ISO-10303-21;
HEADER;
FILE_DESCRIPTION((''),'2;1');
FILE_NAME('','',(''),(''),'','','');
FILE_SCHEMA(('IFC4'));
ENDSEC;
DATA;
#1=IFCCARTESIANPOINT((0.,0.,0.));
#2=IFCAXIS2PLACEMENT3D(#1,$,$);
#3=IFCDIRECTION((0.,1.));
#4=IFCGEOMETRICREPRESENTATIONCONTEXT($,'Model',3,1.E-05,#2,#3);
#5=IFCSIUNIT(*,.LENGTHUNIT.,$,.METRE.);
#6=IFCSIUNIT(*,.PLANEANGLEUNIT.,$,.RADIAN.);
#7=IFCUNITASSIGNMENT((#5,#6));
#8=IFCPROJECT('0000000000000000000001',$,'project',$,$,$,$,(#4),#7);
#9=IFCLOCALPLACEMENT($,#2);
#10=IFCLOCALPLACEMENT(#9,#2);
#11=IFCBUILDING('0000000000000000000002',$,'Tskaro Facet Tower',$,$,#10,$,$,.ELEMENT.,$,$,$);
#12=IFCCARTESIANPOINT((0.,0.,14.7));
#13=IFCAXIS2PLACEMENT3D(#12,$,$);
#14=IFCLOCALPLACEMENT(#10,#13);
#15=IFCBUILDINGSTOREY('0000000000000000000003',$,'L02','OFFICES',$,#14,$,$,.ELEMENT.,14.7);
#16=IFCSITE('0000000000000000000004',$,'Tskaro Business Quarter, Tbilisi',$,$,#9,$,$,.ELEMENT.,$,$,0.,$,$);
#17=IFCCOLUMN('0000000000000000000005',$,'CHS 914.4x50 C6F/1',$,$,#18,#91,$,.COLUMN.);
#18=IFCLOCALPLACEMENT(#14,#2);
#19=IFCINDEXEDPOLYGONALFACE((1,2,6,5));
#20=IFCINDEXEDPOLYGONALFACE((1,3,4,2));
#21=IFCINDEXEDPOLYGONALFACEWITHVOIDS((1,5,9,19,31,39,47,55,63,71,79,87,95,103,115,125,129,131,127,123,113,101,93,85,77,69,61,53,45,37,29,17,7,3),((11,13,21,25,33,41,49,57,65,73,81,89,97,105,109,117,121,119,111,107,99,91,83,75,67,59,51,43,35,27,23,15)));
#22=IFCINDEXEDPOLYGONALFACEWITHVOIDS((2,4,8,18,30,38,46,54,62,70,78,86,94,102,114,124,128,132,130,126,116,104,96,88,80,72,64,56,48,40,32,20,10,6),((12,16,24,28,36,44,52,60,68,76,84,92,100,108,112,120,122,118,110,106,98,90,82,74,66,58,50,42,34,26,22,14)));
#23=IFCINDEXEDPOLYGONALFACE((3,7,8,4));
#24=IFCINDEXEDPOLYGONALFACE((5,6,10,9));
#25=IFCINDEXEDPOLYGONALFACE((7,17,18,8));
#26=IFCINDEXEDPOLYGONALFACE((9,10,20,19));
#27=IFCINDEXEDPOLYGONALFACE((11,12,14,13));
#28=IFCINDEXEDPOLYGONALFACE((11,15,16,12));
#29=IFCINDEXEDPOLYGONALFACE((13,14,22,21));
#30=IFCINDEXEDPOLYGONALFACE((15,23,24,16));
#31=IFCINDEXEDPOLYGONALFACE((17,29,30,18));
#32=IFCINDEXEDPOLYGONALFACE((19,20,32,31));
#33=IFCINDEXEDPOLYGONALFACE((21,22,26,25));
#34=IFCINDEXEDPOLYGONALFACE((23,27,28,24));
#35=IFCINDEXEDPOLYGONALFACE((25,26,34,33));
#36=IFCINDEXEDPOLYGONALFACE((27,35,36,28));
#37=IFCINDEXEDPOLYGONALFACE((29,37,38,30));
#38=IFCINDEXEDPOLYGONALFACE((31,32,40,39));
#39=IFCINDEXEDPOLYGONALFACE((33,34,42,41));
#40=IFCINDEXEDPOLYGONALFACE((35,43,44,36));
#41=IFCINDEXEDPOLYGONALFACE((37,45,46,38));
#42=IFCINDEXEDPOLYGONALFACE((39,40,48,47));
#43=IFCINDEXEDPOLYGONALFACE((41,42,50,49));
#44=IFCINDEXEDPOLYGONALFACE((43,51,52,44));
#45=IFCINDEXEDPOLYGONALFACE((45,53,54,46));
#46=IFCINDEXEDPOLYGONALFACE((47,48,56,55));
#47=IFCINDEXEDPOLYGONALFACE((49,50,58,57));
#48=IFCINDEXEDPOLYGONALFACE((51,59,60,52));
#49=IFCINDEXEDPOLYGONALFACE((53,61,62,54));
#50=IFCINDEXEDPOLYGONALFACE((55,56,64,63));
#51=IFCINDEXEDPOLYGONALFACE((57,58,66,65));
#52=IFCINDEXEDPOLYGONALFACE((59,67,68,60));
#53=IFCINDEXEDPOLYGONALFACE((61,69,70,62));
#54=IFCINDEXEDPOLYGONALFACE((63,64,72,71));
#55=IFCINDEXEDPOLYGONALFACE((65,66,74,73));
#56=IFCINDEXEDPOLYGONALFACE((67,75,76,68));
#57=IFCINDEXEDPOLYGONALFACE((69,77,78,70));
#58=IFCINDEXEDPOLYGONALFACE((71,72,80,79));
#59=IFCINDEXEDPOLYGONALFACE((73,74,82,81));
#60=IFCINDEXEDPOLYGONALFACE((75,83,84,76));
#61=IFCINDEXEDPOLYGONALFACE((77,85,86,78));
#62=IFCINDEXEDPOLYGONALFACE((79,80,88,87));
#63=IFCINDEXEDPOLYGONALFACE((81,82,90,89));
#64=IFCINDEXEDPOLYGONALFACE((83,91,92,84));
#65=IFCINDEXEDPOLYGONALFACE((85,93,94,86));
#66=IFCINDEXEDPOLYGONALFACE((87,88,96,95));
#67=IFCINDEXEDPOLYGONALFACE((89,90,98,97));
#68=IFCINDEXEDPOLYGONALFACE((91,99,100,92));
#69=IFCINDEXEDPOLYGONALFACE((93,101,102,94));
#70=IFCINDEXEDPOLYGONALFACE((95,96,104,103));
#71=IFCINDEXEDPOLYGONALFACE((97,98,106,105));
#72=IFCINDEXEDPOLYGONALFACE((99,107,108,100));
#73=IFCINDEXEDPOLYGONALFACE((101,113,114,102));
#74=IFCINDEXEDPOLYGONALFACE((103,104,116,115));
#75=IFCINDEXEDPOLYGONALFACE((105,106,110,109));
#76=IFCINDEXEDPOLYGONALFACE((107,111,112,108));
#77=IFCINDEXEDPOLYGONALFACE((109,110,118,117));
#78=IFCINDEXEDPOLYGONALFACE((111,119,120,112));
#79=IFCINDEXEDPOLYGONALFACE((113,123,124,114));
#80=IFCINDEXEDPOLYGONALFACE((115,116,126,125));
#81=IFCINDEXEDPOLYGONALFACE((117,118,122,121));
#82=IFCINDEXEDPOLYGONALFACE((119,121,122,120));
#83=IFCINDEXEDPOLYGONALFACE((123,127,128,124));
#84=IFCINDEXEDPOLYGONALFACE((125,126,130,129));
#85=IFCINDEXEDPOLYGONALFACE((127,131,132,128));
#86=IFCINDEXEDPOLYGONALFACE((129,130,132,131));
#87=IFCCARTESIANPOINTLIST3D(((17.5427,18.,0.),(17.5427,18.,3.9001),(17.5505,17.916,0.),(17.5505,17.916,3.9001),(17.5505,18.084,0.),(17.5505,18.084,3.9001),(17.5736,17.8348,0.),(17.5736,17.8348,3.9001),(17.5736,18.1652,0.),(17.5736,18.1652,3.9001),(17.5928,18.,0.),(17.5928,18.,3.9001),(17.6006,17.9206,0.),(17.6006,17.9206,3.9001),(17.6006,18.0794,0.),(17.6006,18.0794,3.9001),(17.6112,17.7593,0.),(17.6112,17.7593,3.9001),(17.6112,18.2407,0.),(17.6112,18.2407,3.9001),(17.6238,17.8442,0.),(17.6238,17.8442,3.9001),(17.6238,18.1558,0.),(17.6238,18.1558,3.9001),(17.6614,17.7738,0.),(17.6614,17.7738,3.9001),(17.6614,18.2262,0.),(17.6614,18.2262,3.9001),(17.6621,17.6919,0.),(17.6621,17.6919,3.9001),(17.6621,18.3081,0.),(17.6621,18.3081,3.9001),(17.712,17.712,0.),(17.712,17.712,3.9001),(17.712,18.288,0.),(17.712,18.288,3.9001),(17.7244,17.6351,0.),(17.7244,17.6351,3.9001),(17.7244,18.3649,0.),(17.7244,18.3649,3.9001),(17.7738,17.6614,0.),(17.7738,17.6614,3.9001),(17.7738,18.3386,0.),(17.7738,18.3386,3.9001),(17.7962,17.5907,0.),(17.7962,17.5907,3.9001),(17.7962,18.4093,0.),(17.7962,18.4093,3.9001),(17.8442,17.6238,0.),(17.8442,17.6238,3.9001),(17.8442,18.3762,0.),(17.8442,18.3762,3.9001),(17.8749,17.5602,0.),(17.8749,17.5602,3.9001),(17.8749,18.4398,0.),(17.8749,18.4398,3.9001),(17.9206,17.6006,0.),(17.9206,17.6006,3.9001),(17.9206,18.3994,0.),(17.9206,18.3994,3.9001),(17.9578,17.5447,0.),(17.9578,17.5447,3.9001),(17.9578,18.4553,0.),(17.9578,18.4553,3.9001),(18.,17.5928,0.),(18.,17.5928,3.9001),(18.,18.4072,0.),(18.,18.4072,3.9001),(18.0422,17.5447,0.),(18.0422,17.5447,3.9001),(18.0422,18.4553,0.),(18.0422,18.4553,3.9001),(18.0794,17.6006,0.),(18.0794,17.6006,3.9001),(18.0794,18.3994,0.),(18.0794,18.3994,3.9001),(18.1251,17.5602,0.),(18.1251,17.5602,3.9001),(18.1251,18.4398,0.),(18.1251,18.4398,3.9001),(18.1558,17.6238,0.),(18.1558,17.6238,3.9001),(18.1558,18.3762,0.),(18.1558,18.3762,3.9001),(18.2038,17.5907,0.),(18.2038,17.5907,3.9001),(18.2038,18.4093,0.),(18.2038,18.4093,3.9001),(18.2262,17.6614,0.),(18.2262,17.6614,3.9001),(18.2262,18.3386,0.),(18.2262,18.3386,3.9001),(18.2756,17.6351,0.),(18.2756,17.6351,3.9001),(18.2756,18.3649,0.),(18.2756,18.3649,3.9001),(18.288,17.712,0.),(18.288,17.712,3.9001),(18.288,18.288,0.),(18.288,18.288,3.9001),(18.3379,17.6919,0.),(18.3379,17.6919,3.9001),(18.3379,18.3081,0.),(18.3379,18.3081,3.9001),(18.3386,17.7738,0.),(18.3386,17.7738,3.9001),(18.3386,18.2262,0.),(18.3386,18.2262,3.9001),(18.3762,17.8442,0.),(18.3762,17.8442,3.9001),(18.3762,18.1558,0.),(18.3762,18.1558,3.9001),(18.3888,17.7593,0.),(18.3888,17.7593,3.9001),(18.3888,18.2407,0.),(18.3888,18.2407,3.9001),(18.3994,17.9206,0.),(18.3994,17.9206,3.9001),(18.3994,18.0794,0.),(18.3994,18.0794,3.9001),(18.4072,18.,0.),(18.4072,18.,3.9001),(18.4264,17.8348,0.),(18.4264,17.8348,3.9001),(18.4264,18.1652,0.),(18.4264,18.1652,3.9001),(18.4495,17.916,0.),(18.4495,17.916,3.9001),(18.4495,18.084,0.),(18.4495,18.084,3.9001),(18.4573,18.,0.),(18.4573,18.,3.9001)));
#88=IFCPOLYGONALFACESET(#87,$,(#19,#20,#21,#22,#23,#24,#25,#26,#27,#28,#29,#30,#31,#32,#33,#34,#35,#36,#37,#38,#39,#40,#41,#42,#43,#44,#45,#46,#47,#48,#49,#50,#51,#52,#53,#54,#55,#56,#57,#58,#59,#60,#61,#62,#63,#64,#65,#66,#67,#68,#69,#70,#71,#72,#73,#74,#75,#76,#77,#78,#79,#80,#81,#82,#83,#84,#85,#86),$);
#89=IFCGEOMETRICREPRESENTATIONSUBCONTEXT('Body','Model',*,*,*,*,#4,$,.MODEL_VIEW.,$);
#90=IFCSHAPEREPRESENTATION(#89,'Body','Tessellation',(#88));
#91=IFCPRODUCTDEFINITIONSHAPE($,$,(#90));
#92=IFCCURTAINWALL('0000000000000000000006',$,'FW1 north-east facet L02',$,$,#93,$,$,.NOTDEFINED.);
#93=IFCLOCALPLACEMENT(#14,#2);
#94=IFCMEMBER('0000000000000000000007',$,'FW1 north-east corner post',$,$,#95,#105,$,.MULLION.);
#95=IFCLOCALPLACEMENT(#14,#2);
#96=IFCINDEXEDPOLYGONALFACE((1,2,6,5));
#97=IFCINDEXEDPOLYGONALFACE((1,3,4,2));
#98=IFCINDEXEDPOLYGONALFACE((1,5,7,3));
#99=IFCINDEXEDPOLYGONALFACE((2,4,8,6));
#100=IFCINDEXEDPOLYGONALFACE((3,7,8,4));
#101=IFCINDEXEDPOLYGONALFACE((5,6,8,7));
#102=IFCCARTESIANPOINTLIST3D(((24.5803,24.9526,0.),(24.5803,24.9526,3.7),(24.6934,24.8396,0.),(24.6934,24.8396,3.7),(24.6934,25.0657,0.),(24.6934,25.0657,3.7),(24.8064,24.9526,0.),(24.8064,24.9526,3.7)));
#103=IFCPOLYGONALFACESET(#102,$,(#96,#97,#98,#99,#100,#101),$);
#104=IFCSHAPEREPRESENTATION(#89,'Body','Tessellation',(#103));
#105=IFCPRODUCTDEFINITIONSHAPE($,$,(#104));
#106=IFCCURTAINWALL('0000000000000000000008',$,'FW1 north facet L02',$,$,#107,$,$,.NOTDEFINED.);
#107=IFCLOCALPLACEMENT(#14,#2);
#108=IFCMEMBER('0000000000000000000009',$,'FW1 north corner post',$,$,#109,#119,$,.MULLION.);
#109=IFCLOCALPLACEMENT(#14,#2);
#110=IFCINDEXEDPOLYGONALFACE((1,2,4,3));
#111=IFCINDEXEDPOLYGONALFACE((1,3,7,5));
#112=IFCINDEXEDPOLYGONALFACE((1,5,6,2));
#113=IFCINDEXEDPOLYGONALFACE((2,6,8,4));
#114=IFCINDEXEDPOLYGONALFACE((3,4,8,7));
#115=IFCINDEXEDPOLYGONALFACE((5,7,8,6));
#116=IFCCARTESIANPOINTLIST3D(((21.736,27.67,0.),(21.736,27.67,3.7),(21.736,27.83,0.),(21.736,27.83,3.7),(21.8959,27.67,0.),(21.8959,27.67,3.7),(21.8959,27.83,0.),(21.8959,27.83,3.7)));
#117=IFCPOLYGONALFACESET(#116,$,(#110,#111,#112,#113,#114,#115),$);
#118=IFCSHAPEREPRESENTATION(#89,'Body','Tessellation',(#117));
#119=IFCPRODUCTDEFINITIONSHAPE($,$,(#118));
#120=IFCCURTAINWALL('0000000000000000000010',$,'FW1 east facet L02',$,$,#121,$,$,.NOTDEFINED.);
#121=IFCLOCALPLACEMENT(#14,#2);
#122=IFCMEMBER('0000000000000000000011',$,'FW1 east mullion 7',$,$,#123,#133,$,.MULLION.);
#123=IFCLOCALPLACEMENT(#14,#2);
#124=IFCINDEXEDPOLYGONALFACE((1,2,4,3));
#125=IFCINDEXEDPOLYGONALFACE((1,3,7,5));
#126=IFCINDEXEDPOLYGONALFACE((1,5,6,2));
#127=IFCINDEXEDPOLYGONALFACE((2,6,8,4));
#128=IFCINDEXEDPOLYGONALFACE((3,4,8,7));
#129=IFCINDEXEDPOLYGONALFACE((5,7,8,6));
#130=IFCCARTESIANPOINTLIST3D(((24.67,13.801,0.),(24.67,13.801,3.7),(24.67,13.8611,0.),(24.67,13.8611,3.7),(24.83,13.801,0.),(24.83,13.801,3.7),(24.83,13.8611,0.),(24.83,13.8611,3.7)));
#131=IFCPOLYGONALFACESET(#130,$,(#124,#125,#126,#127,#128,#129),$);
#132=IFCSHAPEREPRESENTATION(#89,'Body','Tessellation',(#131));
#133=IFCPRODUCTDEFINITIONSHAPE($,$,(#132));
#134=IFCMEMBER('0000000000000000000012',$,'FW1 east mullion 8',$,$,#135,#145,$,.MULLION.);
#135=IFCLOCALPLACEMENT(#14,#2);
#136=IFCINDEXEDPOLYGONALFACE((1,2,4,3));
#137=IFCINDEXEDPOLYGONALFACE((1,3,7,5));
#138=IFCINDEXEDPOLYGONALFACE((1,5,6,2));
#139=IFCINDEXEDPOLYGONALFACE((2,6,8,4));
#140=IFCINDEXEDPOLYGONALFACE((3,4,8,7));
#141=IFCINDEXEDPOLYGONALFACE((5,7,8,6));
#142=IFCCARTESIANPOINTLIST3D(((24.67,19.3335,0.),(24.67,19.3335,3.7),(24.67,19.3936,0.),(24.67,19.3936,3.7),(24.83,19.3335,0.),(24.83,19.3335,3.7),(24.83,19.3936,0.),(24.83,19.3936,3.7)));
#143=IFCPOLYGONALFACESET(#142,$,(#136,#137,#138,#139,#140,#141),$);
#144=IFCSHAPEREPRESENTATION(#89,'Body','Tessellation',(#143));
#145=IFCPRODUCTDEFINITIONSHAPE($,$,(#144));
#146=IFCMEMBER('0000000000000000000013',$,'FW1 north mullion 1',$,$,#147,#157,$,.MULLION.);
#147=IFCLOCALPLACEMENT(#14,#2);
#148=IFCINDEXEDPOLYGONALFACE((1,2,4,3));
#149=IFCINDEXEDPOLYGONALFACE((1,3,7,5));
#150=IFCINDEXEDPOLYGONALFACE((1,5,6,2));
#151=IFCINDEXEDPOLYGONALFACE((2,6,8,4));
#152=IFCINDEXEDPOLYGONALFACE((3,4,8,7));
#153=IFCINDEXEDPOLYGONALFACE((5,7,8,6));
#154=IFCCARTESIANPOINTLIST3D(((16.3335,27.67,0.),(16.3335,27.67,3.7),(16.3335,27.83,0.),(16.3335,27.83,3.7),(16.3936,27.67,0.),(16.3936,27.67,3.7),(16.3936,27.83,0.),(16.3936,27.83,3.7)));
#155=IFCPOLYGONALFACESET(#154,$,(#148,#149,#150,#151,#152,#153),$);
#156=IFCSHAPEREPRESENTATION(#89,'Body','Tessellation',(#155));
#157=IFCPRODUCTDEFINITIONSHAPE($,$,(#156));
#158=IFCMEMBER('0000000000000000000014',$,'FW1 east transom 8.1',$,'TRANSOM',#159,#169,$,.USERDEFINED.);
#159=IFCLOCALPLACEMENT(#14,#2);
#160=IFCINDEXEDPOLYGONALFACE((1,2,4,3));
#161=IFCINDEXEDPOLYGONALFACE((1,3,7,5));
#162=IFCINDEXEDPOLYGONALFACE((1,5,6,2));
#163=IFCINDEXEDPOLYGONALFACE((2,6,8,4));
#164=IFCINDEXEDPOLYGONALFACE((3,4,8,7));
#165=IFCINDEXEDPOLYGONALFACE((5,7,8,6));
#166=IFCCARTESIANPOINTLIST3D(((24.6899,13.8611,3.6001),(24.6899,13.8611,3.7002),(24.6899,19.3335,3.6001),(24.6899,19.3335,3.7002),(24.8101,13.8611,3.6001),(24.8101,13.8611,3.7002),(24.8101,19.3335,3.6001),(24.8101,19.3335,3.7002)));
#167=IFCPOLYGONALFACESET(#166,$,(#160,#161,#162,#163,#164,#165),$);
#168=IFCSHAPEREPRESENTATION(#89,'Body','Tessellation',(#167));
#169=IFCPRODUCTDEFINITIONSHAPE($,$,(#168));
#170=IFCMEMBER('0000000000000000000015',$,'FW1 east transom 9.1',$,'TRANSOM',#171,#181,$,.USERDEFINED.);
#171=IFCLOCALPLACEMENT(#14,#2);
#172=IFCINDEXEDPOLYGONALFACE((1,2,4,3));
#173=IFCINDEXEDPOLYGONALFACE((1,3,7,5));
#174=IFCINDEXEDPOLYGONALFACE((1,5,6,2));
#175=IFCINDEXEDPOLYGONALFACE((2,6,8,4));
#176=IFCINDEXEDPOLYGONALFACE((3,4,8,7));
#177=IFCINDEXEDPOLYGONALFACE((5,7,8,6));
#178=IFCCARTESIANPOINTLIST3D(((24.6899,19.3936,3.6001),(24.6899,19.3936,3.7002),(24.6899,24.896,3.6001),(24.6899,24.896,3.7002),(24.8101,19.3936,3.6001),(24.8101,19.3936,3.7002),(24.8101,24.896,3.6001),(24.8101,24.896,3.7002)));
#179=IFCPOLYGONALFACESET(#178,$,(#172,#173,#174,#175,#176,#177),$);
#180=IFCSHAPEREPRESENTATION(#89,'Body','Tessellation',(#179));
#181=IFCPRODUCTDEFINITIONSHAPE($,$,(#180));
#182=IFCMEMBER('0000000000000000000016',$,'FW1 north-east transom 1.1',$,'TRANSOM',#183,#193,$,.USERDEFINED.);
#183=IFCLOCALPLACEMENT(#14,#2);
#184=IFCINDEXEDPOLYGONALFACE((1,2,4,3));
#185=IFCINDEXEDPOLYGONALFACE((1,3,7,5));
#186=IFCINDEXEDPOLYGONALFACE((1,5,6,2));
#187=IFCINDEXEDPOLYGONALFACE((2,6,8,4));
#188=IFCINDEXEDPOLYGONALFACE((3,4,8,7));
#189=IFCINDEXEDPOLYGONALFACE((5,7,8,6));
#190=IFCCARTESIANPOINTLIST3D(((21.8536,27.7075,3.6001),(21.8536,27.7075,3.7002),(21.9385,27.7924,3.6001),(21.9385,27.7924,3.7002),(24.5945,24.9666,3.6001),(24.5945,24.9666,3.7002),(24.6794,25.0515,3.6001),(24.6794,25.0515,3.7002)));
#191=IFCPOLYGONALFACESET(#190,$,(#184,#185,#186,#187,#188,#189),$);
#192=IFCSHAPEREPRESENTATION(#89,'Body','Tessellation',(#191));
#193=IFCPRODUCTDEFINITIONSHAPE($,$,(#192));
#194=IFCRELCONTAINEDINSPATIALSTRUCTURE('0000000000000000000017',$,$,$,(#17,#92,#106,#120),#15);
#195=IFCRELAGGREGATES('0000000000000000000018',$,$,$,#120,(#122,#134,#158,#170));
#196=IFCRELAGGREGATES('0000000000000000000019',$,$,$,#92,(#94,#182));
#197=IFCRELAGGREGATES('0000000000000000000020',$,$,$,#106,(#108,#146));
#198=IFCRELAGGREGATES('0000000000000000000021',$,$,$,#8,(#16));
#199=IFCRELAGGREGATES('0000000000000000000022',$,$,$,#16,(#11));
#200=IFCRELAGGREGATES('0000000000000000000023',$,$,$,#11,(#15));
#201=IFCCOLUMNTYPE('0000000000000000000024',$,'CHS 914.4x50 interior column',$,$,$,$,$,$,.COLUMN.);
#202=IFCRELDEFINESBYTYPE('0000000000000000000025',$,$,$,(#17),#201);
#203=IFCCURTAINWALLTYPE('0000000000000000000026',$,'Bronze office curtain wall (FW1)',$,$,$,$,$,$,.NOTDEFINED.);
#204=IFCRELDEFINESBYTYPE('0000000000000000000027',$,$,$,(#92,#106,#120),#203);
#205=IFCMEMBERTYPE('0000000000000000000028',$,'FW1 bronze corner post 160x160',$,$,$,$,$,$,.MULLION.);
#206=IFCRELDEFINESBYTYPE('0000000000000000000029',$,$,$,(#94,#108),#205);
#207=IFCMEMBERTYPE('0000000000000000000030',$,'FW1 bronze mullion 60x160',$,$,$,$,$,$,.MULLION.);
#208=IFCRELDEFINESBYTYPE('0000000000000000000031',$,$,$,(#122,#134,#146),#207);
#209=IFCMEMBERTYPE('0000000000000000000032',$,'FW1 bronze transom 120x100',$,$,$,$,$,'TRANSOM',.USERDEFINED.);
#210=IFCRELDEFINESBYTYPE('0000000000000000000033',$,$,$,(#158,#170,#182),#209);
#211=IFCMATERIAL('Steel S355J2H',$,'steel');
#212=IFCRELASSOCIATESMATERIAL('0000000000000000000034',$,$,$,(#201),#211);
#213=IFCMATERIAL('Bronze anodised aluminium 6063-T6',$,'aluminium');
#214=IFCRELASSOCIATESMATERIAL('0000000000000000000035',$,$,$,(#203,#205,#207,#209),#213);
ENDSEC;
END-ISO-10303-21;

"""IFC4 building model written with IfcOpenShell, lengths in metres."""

from ifc_helpers import new_model, si_unit, direction, frame, origin, origin_2d, place, context, subcontext, project, spatial, rectangle, hollow_circle, extrude, material, material_profile, profile_set, type_object, element, aggregate, save


model = new_model("IFC4")

# Units and contexts
model_context = context("Model", 3, precision=1e-05, world=origin(), true_north=direction((0.0, 1.0)))
body_context = subcontext(model_context, "Body", "Model", "MODEL_VIEW")
ifc_project = project(units=[si_unit("LENGTHUNIT", "METRE"), si_unit("PLANEANGLEUNIT", "RADIAN")], contexts=[model_context])

# Site, building, storey
site_placement = place(None, origin())
site = spatial("IfcSite", under=ifc_project, at=site_placement, Name="Tskaro Business Quarter, Tbilisi", CompositionType="ELEMENT", RefElevation=0.0)
building_placement = place(site_placement, origin())
building = spatial("IfcBuilding", under=site, at=building_placement, Name="Tskaro Facet Tower", CompositionType="ELEMENT")
storey_placement = place(building_placement, frame((0.0, 0.0, 14.7)))
storey = spatial("IfcBuildingStorey", under=building, at=storey_placement, Name="L02", Description="OFFICES", CompositionType="ELEMENT", Elevation=14.7)

# Column
ifc_material_1 = material(Name="Steel S355J2H", Category="steel")
ifc_material_profile_1 = material_profile(ifc_material_1, hollow_circle(Radius=0.4573, WallThickness=0.05, at=origin_2d()), Name="CHS 914.4x50")
ifc_profile_set_1 = profile_set([ifc_material_profile_1], Name="Steel S355J2H")
column_type_1 = type_object("IfcColumnType", Name="CHS 914.4x50 interior column", PredefinedType="COLUMN", material=ifc_profile_set_1)
column_placement = place(storey_placement, frame((18.0, 18.0, 0.0), z_axis=(0.0, 0.0, 1.0), x_axis=(1.0, 0.0, 0.0)))
element("IfcColumn", 1, at=column_placement, inside=storey, type_object=column_type_1, Name="CHS 914.4x50 C6F/1", PredefinedType="COLUMN", context=body_context, shape_type="SweptSolid", body=[
    extrude(hollow_circle(Radius=0.4573, WallThickness=0.05, at=origin_2d()), origin(), (0.0, 0.0, 1.0), 3.9001),
])

# Curtain walls, members
ifc_material_2 = material(Name="Bronze anodised aluminium 6063-T6", Category="aluminium")
curtain_wall_type = type_object("IfcCurtainWallType", Name="Bronze office curtain wall (FW1)", PredefinedType="NOTDEFINED", material=ifc_material_2)
curtain_wall_1_placement = place(storey_placement, origin())
curtain_wall_1 = element("IfcCurtainWall", 2, at=curtain_wall_1_placement, inside=storey, type_object=curtain_wall_type, Name="FW1 north-east facet L02", PredefinedType="NOTDEFINED")
ifc_material_profile_2 = material_profile(ifc_material_2, rectangle(XDim=0.1599, YDim=0.1599, at=origin_2d()), Name="Corner post 160x160")
ifc_profile_set_2 = profile_set([ifc_material_profile_2], Name="Bronze anodised aluminium 6063-T6")
member_type_1 = type_object("IfcMemberType", Name="FW1 bronze corner post 160x160", PredefinedType="MULLION", material=ifc_profile_set_2)
member_1_placement = place(storey_placement, frame((24.6934, 24.9526, 0.0), z_axis=(0.0, 0.0, 1.0), x_axis=(-0.707107, 0.707107, 0.0)))
member_1 = element("IfcMember", 3, at=member_1_placement, type_object=member_type_1, Name="FW1 north-east corner post", PredefinedType="MULLION", context=body_context, shape_type="SweptSolid", body=[
    extrude(rectangle(XDim=0.1599, YDim=0.1599, at=origin_2d()), origin(), (0.0, 0.0, 1.0), 3.7),
])
curtain_wall_2_placement = place(storey_placement, origin())
curtain_wall_2 = element("IfcCurtainWall", 4, at=curtain_wall_2_placement, inside=storey, type_object=curtain_wall_type, Name="FW1 north facet L02", PredefinedType="NOTDEFINED")
member_2_placement = place(storey_placement, frame((21.8159, 27.75, 0.0), z_axis=(0.0, 0.0, 1.0), x_axis=(-1.0, 0.0, 0.0)))
member_2 = element("IfcMember", 5, at=member_2_placement, type_object=member_type_1, Name="FW1 north corner post", PredefinedType="MULLION", context=body_context, shape_type="SweptSolid", body=[
    extrude(rectangle(XDim=0.1599, YDim=0.1599, at=origin_2d()), origin(), (0.0, 0.0, 1.0), 3.7),
])

# Curtain wall, members
curtain_wall_3_placement = place(storey_placement, origin())
curtain_wall_3 = element("IfcCurtainWall", 6, at=curtain_wall_3_placement, inside=storey, type_object=curtain_wall_type, Name="FW1 east facet L02", PredefinedType="NOTDEFINED")
ifc_material_profile_3 = material_profile(ifc_material_2, rectangle(XDim=0.0601, YDim=0.1599, at=origin_2d()), Name="Mullion 60x160")
ifc_profile_set_3 = profile_set([ifc_material_profile_3], Name="Bronze anodised aluminium 6063-T6")
member_type_2 = type_object("IfcMemberType", Name="FW1 bronze mullion 60x160", PredefinedType="MULLION", material=ifc_profile_set_3)
member_3_placement = place(storey_placement, frame((24.75, 13.8311, 0.0), z_axis=(0.0, 0.0, 1.0), x_axis=(0.0, 1.0, 0.0)))
member_3 = element("IfcMember", 7, at=member_3_placement, type_object=member_type_2, Name="FW1 east mullion 7", PredefinedType="MULLION", context=body_context, shape_type="SweptSolid", body=[
    extrude(rectangle(XDim=0.0601, YDim=0.1599, at=origin_2d()), origin(), (0.0, 0.0, 1.0), 3.7),
])
member_4_placement = place(storey_placement, frame((24.75, 19.3635, 0.0), z_axis=(0.0, 0.0, 1.0), x_axis=(0.0, 1.0, 0.0)))
member_4 = element("IfcMember", 8, at=member_4_placement, type_object=member_type_2, Name="FW1 east mullion 8", PredefinedType="MULLION", context=body_context, shape_type="SweptSolid", body=[
    extrude(rectangle(XDim=0.0601, YDim=0.1599, at=origin_2d()), origin(), (0.0, 0.0, 1.0), 3.7),
])

# Members
member_5_placement = place(storey_placement, frame((16.3635, 27.75, 0.0), z_axis=(0.0, 0.0, 1.0), x_axis=(-1.0, 0.0, 0.0)))
member_5 = element("IfcMember", 9, at=member_5_placement, type_object=member_type_2, Name="FW1 north mullion 1", PredefinedType="MULLION", context=body_context, shape_type="SweptSolid", body=[
    extrude(rectangle(XDim=0.0601, YDim=0.1599, at=origin_2d()), origin(), (0.0, 0.0, 1.0), 3.7),
])
ifc_material_profile_4 = material_profile(ifc_material_2, rectangle(XDim=0.1201, YDim=0.1001, at=origin_2d()), Name="Transom 120x100")
ifc_profile_set_4 = profile_set([ifc_material_profile_4], Name="Bronze anodised aluminium 6063-T6")
member_type_3 = type_object("IfcMemberType", Name="FW1 bronze transom 120x100", ElementType="TRANSOM", PredefinedType="USERDEFINED", material=ifc_profile_set_4)
member_6_placement = place(storey_placement, frame((24.75, 13.8611, 3.6501), z_axis=(0.0, 1.0, 0.0), x_axis=(-1.0, 0.0, 0.0)))
member_6 = element("IfcMember", 10, at=member_6_placement, type_object=member_type_3, Name="FW1 east transom 8.1", ObjectType="TRANSOM", PredefinedType="USERDEFINED", context=body_context, shape_type="SweptSolid", body=[
    extrude(rectangle(XDim=0.1201, YDim=0.1001, at=origin_2d()), origin(), (0.0, 0.0, 1.0), 5.4724),
])
member_7_placement = place(storey_placement, frame((24.75, 19.3936, 3.6501), z_axis=(0.0, 1.0, 0.0), x_axis=(-1.0, 0.0, 0.0)))
member_7 = element("IfcMember", 11, at=member_7_placement, type_object=member_type_3, Name="FW1 east transom 9.1", ObjectType="TRANSOM", PredefinedType="USERDEFINED", context=body_context, shape_type="SweptSolid", body=[
    extrude(rectangle(XDim=0.1201, YDim=0.1001, at=origin_2d()), origin(), (0.0, 0.0, 1.0), 5.5024),
])
member_8_placement = place(storey_placement, frame((24.637, 25.009, 3.6501), z_axis=(-0.707107, 0.707107, 0.0), x_axis=(-0.707107, -0.707107, 0.0)))
member_8 = element("IfcMember", 12, at=member_8_placement, type_object=member_type_3, Name="FW1 north-east transom 1.1", ObjectType="TRANSOM", PredefinedType="USERDEFINED", context=body_context, shape_type="SweptSolid", body=[
    extrude(rectangle(XDim=0.1201, YDim=0.1001, at=origin_2d()), origin(), (0.0, 0.0, 1.0), 3.8762),
])

aggregate(curtain_wall_3, [member_3, member_4, member_6, member_7])
aggregate(curtain_wall_1, [member_1, member_8])
aggregate(curtain_wall_2, [member_2, member_5])

save(model, "model.ifc")
